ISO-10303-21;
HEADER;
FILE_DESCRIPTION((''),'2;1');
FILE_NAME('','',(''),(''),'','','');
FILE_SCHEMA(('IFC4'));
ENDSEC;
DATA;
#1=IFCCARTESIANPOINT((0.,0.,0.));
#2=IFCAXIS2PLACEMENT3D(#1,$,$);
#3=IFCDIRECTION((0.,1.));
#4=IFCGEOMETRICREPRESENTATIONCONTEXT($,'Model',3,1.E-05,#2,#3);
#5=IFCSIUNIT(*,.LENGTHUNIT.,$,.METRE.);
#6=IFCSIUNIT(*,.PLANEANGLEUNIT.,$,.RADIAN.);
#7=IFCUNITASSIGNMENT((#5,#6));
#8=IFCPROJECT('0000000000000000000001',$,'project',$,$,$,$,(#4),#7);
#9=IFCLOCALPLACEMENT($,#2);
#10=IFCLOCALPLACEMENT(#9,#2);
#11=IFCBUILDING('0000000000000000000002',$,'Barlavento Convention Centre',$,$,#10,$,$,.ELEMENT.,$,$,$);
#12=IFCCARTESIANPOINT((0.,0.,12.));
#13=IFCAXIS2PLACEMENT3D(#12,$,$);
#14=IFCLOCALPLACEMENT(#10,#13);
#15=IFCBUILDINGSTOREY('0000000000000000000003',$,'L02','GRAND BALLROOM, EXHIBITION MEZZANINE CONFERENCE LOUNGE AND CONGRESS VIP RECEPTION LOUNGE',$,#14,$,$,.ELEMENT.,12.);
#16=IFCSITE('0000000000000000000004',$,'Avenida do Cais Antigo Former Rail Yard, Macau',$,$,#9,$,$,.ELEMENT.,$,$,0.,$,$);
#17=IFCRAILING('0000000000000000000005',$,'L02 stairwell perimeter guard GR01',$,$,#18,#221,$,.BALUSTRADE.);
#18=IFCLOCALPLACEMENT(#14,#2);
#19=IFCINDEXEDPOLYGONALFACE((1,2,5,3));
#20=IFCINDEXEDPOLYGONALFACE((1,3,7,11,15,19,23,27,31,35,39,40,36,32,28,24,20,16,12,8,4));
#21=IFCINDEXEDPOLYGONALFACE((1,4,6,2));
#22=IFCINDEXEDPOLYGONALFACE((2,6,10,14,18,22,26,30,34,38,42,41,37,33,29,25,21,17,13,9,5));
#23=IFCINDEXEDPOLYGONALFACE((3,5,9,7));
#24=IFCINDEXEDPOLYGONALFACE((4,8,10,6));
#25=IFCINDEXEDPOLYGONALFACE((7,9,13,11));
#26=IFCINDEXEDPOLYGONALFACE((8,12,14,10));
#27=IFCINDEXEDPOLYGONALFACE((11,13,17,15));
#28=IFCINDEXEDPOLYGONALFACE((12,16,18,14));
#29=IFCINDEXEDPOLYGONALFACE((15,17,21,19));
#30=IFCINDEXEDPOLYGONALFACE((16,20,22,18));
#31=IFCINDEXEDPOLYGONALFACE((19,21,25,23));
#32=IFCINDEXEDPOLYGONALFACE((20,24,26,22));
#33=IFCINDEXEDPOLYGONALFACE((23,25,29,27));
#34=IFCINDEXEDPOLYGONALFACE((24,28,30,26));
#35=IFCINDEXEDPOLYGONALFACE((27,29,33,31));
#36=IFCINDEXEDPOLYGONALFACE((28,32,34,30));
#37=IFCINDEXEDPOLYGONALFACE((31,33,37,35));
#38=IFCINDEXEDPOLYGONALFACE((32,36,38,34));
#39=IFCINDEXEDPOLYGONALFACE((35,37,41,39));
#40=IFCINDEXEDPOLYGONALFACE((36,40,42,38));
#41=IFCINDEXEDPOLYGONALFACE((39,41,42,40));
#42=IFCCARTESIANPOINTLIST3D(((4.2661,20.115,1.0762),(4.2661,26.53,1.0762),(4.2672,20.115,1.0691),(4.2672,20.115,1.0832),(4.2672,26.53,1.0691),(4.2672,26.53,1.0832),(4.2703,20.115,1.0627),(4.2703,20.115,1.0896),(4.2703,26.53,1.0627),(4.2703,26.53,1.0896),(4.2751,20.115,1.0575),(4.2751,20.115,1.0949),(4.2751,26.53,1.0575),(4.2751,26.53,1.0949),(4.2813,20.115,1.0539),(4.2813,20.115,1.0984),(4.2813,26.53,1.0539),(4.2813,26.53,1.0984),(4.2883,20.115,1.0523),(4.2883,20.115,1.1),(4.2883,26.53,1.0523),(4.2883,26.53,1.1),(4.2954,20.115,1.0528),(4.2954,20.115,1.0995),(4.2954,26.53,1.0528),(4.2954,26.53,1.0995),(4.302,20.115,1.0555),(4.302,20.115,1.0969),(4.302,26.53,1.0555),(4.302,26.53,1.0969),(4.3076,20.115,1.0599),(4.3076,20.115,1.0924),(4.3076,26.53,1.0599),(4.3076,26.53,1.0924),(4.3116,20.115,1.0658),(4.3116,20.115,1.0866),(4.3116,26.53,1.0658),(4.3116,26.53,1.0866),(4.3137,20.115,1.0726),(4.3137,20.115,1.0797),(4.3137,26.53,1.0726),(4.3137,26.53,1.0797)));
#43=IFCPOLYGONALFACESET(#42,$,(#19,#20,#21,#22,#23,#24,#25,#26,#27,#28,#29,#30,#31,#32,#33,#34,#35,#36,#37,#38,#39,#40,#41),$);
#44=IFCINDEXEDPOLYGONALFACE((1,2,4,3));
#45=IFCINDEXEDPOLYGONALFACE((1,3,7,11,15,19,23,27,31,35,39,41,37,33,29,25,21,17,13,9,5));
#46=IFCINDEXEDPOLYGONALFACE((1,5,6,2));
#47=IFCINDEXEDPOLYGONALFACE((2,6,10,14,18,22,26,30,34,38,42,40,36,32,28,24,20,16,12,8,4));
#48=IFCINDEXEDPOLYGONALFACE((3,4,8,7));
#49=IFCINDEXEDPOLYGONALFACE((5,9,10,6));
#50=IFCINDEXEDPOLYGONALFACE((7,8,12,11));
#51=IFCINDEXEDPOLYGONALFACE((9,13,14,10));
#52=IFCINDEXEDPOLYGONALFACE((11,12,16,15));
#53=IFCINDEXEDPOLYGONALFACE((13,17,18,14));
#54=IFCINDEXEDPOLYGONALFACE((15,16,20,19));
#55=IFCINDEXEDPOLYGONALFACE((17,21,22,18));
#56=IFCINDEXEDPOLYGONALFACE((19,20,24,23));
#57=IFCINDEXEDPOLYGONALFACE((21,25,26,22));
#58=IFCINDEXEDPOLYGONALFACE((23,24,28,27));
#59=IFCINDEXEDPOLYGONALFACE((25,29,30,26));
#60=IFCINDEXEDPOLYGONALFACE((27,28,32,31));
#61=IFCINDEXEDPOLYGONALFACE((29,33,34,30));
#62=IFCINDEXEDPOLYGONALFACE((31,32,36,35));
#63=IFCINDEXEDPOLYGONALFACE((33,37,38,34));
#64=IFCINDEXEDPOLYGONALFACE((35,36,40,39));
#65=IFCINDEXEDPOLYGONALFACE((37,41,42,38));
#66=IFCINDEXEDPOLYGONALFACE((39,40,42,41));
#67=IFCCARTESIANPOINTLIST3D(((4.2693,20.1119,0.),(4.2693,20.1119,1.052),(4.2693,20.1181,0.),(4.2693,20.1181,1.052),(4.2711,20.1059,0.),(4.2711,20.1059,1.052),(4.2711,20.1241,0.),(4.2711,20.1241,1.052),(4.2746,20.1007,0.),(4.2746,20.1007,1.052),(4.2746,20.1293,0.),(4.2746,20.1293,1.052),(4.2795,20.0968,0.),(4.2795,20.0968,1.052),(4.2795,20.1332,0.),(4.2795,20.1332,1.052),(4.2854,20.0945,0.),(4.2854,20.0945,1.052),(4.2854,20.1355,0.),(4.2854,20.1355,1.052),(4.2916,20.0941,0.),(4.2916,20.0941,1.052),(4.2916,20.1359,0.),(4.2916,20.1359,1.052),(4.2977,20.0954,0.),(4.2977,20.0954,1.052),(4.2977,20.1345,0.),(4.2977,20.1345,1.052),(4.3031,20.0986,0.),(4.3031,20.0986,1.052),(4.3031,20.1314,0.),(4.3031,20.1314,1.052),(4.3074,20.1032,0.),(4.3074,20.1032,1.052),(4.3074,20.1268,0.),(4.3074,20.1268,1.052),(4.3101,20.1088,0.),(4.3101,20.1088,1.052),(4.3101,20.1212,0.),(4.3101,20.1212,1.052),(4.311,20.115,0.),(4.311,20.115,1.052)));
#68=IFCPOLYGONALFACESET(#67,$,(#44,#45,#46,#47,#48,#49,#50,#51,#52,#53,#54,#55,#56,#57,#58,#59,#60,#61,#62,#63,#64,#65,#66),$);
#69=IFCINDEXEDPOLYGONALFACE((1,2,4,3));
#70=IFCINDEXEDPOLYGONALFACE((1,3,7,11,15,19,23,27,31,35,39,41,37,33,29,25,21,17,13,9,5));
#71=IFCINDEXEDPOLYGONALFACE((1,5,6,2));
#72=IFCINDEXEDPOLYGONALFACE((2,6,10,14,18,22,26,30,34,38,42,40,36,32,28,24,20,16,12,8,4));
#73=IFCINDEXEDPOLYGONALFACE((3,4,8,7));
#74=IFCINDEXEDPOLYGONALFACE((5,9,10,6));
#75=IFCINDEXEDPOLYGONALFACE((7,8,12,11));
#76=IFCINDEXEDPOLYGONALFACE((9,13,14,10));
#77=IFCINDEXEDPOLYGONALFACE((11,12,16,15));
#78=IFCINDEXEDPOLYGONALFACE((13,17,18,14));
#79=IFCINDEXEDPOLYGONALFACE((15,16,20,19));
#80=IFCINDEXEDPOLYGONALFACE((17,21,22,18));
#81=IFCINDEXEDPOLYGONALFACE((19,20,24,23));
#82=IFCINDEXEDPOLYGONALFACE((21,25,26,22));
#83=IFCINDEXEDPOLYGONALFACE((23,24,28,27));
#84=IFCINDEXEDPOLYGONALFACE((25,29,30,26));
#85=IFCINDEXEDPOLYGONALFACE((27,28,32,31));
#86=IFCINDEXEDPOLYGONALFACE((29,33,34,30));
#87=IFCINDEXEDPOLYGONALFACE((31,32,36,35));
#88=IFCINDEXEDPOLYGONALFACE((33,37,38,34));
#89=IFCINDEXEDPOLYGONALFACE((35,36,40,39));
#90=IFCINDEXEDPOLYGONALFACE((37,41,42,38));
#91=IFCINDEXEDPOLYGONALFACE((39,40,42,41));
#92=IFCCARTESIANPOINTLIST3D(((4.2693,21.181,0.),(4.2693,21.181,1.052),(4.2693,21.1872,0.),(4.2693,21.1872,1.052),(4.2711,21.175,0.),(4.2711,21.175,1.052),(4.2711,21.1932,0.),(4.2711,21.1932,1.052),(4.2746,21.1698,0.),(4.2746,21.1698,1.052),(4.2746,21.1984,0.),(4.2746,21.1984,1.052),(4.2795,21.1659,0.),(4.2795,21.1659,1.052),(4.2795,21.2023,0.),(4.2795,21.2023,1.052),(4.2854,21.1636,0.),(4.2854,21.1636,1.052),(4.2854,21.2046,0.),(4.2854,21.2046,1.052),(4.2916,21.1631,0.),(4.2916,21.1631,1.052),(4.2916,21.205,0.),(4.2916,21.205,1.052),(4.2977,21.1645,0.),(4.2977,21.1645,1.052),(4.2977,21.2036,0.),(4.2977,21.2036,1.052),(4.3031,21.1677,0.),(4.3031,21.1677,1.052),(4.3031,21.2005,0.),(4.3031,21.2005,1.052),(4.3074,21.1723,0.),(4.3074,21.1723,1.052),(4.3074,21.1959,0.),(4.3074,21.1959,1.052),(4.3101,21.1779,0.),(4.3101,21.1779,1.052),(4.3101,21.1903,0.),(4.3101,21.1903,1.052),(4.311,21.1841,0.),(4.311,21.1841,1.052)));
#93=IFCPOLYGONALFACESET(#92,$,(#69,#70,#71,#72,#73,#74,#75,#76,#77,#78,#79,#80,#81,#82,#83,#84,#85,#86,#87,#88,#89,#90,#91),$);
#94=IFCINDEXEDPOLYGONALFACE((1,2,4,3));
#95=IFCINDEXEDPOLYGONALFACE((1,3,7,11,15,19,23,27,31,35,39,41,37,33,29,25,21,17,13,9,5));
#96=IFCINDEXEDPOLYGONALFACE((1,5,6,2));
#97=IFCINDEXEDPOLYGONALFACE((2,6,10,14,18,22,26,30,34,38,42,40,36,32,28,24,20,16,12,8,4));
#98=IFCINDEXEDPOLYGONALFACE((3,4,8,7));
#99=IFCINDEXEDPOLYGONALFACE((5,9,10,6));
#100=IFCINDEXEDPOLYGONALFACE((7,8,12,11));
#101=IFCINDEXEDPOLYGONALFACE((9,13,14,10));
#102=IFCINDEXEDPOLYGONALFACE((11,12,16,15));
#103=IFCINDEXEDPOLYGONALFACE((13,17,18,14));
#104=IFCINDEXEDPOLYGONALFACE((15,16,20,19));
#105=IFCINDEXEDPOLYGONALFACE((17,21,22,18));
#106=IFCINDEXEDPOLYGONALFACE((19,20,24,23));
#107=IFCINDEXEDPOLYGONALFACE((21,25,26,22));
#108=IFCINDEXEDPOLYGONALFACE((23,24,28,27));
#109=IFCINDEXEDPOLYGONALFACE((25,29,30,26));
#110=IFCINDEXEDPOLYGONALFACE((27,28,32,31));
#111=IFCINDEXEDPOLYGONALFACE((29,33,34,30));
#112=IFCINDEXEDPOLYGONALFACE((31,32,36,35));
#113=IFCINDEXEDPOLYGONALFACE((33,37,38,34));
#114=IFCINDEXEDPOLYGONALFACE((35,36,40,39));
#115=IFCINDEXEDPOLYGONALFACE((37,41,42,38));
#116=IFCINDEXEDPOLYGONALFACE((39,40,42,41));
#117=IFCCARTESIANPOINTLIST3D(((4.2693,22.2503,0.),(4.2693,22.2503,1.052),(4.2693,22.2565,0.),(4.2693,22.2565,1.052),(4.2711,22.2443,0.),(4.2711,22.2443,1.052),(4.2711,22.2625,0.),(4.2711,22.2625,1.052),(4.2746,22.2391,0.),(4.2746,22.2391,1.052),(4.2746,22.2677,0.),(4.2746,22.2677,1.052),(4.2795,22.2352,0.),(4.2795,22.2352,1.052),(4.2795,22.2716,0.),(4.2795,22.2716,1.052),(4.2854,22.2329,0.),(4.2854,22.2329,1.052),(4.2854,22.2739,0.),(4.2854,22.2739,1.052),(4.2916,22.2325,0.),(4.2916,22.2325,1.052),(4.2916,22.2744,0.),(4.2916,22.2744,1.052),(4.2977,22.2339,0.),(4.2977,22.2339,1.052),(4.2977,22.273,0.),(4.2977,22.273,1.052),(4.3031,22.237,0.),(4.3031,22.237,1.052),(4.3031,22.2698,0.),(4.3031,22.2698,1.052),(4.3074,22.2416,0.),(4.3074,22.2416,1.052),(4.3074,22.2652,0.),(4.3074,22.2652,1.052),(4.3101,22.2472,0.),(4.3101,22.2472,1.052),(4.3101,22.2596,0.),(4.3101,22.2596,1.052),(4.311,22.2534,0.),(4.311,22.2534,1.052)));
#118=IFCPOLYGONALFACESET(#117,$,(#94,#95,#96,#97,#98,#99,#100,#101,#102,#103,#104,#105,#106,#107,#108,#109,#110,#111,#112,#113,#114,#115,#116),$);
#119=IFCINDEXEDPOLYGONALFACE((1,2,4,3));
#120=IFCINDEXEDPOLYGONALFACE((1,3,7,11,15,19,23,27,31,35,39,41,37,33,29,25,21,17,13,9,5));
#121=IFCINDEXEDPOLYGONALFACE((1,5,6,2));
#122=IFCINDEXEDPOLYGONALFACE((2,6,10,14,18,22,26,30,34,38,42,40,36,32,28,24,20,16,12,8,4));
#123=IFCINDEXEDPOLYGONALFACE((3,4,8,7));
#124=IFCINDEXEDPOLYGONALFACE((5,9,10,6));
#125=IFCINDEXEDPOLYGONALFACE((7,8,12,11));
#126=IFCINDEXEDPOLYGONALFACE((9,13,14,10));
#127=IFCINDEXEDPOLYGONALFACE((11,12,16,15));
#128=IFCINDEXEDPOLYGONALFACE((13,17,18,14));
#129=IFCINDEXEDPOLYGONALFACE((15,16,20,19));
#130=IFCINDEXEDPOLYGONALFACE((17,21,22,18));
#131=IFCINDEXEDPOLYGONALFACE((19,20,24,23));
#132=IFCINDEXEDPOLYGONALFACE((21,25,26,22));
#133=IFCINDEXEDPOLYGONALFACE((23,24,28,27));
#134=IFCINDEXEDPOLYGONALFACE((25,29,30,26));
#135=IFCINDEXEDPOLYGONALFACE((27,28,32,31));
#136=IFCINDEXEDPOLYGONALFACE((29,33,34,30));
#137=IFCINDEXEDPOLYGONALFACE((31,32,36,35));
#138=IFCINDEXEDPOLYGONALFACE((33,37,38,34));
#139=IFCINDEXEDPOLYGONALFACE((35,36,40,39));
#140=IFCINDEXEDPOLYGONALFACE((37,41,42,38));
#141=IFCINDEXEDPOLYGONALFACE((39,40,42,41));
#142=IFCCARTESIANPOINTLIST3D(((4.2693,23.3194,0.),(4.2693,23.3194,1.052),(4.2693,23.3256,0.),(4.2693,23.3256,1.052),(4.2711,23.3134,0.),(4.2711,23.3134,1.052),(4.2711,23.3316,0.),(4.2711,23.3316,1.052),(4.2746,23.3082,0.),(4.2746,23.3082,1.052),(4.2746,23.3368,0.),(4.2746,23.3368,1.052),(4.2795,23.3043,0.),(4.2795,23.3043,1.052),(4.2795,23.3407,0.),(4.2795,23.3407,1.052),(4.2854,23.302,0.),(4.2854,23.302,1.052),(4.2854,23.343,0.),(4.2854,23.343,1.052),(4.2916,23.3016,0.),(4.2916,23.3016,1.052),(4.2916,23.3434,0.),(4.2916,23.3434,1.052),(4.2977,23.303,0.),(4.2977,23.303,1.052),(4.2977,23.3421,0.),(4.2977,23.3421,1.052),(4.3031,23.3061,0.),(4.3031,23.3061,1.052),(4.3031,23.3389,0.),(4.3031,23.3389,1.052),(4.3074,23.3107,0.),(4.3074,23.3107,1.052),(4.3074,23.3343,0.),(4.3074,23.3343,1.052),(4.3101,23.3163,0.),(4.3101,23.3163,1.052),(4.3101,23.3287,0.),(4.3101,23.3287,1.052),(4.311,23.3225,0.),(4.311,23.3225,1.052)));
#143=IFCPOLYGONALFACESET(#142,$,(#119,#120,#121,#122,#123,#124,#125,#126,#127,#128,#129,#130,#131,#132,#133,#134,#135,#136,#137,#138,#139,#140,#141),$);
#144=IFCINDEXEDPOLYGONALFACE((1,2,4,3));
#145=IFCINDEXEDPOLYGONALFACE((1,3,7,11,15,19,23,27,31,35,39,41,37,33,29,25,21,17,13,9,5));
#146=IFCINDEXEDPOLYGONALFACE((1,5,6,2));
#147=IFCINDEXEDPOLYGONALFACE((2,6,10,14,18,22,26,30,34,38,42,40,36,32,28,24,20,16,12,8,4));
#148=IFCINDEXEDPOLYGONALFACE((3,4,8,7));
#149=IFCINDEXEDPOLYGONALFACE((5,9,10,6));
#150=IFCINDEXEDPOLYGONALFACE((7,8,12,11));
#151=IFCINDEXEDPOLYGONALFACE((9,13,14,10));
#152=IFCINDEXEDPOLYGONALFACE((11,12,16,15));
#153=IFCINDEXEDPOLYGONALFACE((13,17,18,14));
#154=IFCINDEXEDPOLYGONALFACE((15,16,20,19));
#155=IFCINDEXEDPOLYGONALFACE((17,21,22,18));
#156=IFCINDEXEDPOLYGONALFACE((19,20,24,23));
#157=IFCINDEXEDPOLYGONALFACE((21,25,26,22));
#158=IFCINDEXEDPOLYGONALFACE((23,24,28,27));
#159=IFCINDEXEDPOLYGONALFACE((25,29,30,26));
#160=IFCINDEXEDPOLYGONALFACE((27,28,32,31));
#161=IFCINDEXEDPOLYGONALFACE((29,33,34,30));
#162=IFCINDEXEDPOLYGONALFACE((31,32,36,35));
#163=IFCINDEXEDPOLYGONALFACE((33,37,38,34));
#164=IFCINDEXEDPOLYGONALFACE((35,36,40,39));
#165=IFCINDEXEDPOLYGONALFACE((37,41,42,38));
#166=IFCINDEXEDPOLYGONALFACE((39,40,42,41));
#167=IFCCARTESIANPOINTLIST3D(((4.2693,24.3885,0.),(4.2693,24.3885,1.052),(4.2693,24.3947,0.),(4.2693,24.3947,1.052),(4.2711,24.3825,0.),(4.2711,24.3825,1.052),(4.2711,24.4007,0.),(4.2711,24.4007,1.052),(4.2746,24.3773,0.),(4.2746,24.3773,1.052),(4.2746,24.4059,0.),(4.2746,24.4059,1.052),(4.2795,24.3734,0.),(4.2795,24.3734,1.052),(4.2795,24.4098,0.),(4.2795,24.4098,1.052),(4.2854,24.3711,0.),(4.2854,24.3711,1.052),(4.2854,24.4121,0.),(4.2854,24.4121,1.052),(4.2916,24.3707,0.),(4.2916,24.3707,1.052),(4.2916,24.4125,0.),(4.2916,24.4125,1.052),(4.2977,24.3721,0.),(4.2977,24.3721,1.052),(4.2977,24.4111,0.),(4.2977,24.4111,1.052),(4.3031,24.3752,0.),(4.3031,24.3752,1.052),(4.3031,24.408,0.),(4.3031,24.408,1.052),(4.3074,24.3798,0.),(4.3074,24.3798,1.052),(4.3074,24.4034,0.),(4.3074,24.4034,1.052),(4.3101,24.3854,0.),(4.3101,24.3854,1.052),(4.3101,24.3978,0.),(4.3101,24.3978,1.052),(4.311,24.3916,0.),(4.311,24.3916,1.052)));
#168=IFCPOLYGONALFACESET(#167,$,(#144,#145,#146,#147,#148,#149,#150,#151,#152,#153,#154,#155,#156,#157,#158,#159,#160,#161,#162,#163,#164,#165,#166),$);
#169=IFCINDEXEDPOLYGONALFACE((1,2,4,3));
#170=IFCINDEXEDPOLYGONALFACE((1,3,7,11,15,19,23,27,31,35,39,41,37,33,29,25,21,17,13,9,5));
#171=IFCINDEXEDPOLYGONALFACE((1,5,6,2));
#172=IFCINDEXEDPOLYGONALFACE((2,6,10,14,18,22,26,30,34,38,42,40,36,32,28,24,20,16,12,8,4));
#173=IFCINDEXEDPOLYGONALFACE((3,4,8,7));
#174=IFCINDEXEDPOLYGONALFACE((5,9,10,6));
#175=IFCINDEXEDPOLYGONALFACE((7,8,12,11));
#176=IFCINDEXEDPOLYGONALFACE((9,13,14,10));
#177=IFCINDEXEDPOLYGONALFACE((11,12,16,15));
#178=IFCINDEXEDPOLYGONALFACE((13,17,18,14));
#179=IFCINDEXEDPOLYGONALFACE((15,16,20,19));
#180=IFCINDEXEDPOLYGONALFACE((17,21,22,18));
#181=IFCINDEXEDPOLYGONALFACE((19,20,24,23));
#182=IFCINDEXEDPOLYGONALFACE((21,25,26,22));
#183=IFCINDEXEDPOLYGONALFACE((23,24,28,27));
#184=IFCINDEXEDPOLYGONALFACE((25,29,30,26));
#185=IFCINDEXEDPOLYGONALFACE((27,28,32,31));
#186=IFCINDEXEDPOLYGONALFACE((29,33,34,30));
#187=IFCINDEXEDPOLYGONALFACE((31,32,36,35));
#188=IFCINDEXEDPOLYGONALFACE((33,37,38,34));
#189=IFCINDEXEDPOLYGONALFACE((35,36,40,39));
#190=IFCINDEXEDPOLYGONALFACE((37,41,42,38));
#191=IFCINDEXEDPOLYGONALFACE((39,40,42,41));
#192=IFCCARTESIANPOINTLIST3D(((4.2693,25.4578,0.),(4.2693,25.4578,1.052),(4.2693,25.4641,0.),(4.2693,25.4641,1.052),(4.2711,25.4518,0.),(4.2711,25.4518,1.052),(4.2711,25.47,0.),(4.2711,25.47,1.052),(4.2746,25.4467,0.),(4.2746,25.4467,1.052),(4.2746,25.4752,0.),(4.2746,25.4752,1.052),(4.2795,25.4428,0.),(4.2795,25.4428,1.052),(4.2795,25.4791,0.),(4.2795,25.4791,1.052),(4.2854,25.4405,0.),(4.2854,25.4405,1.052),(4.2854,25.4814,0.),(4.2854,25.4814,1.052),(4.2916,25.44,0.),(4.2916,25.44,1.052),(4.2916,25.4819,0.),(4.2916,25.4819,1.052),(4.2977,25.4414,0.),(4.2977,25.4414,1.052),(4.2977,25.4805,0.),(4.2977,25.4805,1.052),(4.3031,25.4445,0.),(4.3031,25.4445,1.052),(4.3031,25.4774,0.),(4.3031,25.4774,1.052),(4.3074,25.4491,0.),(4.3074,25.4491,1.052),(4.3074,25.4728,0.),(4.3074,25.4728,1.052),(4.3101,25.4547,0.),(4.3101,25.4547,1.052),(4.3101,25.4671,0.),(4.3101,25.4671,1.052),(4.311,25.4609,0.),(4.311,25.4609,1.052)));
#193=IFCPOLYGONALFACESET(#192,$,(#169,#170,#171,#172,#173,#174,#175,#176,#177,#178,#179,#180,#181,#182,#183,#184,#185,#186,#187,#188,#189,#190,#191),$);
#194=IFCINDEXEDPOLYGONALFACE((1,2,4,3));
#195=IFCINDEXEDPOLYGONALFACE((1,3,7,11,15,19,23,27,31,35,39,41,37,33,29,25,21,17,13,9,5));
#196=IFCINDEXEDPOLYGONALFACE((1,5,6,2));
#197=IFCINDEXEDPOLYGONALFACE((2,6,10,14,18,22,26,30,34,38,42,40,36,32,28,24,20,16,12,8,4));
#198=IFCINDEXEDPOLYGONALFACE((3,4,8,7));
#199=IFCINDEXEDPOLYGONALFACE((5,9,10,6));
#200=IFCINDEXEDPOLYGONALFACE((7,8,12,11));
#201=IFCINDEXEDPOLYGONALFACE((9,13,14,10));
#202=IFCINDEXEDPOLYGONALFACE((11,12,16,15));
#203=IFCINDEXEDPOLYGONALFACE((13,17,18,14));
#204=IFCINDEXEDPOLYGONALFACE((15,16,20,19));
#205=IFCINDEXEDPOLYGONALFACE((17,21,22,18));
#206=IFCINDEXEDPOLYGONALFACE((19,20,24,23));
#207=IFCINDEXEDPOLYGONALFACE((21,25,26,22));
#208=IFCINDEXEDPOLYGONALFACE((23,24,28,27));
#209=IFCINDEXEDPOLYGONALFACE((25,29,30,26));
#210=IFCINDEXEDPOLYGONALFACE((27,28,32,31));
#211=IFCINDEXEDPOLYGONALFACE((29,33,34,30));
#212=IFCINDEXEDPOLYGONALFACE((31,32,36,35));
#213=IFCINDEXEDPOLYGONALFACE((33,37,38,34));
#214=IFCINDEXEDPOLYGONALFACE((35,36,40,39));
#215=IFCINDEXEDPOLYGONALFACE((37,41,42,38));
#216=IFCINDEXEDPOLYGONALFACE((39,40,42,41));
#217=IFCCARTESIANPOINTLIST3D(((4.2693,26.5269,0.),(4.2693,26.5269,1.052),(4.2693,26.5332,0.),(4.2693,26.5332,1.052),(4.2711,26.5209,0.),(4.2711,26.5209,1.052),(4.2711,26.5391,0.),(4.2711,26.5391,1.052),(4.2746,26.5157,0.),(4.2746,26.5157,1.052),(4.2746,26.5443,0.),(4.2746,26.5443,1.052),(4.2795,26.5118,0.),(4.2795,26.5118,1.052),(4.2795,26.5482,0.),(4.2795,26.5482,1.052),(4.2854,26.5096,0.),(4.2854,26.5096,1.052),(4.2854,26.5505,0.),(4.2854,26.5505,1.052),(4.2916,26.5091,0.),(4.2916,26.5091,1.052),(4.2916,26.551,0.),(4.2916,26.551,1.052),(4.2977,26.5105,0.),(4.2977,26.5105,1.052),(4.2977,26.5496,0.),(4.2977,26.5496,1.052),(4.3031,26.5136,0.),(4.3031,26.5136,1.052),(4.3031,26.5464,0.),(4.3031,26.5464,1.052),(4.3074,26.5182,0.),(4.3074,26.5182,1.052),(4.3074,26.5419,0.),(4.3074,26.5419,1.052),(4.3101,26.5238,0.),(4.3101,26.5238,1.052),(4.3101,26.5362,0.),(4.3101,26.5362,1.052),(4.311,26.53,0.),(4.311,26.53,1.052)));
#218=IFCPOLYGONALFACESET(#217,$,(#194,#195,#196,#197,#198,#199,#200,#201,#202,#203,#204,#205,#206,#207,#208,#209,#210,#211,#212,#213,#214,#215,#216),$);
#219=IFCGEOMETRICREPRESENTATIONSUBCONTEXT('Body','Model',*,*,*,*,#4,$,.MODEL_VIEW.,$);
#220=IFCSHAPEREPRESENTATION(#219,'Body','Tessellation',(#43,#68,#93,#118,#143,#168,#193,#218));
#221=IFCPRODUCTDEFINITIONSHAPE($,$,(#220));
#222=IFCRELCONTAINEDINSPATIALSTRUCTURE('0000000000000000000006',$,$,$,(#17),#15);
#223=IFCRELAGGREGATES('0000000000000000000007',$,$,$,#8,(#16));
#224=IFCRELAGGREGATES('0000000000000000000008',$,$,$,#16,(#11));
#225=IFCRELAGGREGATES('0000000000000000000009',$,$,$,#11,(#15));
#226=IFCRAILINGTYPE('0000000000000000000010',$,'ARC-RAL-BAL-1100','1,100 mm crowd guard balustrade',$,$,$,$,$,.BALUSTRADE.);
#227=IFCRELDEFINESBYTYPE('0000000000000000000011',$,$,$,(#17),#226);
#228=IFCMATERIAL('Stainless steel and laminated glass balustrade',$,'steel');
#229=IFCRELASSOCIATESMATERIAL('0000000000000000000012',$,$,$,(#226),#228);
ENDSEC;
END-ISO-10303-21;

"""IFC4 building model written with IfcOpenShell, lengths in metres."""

from ifc_helpers import new_model, si_unit, direction, frame, origin, origin_2d, place, context, subcontext, project, spatial, circle, extrude, material, type_object, element, save


model = new_model("IFC4")

# Units and contexts
model_context = context("Model", 3, precision=1e-05, world=origin(), true_north=direction((0.0, 1.0)))
body_context = subcontext(model_context, "Body", "Model", "MODEL_VIEW")
ifc_project = project(units=[si_unit("LENGTHUNIT", "METRE"), si_unit("PLANEANGLEUNIT", "RADIAN")], contexts=[model_context])

# Site, building, storey
site_placement = place(None, origin())
site = spatial("IfcSite", under=ifc_project, at=site_placement, Name="Avenida do Cais Antigo Former Rail Yard, Macau", CompositionType="ELEMENT", RefElevation=0.0)
building_placement = place(site_placement, origin())
building = spatial("IfcBuilding", under=site, at=building_placement, Name="Barlavento Convention Centre", CompositionType="ELEMENT")
storey_placement = place(building_placement, frame((0.0, 0.0, 12.0)))
storey = spatial("IfcBuildingStorey", under=building, at=storey_placement, Name="L02", Description="GRAND BALLROOM, EXHIBITION MEZZANINE CONFERENCE LOUNGE AND CONGRESS VIP RECEPTION LOUNGE", CompositionType="ELEMENT", Elevation=12.0)

# Railing
ifc_material_1 = material(Name="Stainless steel and laminated glass balustrade", Category="steel")
railing_type = type_object("IfcRailingType", Name="ARC-RAL-BAL-1100", Description="1,100 mm crowd guard balustrade", PredefinedType="BALUSTRADE", material=ifc_material_1)
railing_1_placement = place(storey_placement, frame((4.29, 20.115, 0.0)))
element("IfcRailing", 1, at=railing_1_placement, inside=storey, type_object=railing_type, Name="L02 stairwell perimeter guard GR01", PredefinedType="BALUSTRADE", context=body_context, shape_type="SweptSolid", body=[
    extrude(circle(Radius=0.0239, at=origin_2d()), frame((0.0, 0.0, 1.0762), z_axis=(0.0, 1.0, 0.0), x_axis=(-1.0, 0.0, 0.0)), (0.0, 0.0, 1.0), 6.415),
    extrude(circle(Radius=0.021, at=origin_2d()), origin(), (0.0, 0.0, 1.0), 1.052),
    extrude(circle(Radius=0.021, at=origin_2d()), frame((0.0, 1.0691, 0.0)), (0.0, 0.0, 1.0), 1.052),
    extrude(circle(Radius=0.021, at=origin_2d()), frame((0.0, 2.1384, 0.0)), (0.0, 0.0, 1.0), 1.052),
    extrude(circle(Radius=0.021, at=origin_2d()), frame((0.0, 3.2075, 0.0)), (0.0, 0.0, 1.0), 1.052),
    extrude(circle(Radius=0.021, at=origin_2d()), frame((0.0, 4.2766, 0.0)), (0.0, 0.0, 1.0), 1.052),
    extrude(circle(Radius=0.021, at=origin_2d()), frame((0.0, 5.3459, 0.0)), (0.0, 0.0, 1.0), 1.052),
    extrude(circle(Radius=0.021, at=origin_2d()), frame((0.0, 6.415, 0.0)), (0.0, 0.0, 1.0), 1.052),
])

save(model, "model.ifc")
